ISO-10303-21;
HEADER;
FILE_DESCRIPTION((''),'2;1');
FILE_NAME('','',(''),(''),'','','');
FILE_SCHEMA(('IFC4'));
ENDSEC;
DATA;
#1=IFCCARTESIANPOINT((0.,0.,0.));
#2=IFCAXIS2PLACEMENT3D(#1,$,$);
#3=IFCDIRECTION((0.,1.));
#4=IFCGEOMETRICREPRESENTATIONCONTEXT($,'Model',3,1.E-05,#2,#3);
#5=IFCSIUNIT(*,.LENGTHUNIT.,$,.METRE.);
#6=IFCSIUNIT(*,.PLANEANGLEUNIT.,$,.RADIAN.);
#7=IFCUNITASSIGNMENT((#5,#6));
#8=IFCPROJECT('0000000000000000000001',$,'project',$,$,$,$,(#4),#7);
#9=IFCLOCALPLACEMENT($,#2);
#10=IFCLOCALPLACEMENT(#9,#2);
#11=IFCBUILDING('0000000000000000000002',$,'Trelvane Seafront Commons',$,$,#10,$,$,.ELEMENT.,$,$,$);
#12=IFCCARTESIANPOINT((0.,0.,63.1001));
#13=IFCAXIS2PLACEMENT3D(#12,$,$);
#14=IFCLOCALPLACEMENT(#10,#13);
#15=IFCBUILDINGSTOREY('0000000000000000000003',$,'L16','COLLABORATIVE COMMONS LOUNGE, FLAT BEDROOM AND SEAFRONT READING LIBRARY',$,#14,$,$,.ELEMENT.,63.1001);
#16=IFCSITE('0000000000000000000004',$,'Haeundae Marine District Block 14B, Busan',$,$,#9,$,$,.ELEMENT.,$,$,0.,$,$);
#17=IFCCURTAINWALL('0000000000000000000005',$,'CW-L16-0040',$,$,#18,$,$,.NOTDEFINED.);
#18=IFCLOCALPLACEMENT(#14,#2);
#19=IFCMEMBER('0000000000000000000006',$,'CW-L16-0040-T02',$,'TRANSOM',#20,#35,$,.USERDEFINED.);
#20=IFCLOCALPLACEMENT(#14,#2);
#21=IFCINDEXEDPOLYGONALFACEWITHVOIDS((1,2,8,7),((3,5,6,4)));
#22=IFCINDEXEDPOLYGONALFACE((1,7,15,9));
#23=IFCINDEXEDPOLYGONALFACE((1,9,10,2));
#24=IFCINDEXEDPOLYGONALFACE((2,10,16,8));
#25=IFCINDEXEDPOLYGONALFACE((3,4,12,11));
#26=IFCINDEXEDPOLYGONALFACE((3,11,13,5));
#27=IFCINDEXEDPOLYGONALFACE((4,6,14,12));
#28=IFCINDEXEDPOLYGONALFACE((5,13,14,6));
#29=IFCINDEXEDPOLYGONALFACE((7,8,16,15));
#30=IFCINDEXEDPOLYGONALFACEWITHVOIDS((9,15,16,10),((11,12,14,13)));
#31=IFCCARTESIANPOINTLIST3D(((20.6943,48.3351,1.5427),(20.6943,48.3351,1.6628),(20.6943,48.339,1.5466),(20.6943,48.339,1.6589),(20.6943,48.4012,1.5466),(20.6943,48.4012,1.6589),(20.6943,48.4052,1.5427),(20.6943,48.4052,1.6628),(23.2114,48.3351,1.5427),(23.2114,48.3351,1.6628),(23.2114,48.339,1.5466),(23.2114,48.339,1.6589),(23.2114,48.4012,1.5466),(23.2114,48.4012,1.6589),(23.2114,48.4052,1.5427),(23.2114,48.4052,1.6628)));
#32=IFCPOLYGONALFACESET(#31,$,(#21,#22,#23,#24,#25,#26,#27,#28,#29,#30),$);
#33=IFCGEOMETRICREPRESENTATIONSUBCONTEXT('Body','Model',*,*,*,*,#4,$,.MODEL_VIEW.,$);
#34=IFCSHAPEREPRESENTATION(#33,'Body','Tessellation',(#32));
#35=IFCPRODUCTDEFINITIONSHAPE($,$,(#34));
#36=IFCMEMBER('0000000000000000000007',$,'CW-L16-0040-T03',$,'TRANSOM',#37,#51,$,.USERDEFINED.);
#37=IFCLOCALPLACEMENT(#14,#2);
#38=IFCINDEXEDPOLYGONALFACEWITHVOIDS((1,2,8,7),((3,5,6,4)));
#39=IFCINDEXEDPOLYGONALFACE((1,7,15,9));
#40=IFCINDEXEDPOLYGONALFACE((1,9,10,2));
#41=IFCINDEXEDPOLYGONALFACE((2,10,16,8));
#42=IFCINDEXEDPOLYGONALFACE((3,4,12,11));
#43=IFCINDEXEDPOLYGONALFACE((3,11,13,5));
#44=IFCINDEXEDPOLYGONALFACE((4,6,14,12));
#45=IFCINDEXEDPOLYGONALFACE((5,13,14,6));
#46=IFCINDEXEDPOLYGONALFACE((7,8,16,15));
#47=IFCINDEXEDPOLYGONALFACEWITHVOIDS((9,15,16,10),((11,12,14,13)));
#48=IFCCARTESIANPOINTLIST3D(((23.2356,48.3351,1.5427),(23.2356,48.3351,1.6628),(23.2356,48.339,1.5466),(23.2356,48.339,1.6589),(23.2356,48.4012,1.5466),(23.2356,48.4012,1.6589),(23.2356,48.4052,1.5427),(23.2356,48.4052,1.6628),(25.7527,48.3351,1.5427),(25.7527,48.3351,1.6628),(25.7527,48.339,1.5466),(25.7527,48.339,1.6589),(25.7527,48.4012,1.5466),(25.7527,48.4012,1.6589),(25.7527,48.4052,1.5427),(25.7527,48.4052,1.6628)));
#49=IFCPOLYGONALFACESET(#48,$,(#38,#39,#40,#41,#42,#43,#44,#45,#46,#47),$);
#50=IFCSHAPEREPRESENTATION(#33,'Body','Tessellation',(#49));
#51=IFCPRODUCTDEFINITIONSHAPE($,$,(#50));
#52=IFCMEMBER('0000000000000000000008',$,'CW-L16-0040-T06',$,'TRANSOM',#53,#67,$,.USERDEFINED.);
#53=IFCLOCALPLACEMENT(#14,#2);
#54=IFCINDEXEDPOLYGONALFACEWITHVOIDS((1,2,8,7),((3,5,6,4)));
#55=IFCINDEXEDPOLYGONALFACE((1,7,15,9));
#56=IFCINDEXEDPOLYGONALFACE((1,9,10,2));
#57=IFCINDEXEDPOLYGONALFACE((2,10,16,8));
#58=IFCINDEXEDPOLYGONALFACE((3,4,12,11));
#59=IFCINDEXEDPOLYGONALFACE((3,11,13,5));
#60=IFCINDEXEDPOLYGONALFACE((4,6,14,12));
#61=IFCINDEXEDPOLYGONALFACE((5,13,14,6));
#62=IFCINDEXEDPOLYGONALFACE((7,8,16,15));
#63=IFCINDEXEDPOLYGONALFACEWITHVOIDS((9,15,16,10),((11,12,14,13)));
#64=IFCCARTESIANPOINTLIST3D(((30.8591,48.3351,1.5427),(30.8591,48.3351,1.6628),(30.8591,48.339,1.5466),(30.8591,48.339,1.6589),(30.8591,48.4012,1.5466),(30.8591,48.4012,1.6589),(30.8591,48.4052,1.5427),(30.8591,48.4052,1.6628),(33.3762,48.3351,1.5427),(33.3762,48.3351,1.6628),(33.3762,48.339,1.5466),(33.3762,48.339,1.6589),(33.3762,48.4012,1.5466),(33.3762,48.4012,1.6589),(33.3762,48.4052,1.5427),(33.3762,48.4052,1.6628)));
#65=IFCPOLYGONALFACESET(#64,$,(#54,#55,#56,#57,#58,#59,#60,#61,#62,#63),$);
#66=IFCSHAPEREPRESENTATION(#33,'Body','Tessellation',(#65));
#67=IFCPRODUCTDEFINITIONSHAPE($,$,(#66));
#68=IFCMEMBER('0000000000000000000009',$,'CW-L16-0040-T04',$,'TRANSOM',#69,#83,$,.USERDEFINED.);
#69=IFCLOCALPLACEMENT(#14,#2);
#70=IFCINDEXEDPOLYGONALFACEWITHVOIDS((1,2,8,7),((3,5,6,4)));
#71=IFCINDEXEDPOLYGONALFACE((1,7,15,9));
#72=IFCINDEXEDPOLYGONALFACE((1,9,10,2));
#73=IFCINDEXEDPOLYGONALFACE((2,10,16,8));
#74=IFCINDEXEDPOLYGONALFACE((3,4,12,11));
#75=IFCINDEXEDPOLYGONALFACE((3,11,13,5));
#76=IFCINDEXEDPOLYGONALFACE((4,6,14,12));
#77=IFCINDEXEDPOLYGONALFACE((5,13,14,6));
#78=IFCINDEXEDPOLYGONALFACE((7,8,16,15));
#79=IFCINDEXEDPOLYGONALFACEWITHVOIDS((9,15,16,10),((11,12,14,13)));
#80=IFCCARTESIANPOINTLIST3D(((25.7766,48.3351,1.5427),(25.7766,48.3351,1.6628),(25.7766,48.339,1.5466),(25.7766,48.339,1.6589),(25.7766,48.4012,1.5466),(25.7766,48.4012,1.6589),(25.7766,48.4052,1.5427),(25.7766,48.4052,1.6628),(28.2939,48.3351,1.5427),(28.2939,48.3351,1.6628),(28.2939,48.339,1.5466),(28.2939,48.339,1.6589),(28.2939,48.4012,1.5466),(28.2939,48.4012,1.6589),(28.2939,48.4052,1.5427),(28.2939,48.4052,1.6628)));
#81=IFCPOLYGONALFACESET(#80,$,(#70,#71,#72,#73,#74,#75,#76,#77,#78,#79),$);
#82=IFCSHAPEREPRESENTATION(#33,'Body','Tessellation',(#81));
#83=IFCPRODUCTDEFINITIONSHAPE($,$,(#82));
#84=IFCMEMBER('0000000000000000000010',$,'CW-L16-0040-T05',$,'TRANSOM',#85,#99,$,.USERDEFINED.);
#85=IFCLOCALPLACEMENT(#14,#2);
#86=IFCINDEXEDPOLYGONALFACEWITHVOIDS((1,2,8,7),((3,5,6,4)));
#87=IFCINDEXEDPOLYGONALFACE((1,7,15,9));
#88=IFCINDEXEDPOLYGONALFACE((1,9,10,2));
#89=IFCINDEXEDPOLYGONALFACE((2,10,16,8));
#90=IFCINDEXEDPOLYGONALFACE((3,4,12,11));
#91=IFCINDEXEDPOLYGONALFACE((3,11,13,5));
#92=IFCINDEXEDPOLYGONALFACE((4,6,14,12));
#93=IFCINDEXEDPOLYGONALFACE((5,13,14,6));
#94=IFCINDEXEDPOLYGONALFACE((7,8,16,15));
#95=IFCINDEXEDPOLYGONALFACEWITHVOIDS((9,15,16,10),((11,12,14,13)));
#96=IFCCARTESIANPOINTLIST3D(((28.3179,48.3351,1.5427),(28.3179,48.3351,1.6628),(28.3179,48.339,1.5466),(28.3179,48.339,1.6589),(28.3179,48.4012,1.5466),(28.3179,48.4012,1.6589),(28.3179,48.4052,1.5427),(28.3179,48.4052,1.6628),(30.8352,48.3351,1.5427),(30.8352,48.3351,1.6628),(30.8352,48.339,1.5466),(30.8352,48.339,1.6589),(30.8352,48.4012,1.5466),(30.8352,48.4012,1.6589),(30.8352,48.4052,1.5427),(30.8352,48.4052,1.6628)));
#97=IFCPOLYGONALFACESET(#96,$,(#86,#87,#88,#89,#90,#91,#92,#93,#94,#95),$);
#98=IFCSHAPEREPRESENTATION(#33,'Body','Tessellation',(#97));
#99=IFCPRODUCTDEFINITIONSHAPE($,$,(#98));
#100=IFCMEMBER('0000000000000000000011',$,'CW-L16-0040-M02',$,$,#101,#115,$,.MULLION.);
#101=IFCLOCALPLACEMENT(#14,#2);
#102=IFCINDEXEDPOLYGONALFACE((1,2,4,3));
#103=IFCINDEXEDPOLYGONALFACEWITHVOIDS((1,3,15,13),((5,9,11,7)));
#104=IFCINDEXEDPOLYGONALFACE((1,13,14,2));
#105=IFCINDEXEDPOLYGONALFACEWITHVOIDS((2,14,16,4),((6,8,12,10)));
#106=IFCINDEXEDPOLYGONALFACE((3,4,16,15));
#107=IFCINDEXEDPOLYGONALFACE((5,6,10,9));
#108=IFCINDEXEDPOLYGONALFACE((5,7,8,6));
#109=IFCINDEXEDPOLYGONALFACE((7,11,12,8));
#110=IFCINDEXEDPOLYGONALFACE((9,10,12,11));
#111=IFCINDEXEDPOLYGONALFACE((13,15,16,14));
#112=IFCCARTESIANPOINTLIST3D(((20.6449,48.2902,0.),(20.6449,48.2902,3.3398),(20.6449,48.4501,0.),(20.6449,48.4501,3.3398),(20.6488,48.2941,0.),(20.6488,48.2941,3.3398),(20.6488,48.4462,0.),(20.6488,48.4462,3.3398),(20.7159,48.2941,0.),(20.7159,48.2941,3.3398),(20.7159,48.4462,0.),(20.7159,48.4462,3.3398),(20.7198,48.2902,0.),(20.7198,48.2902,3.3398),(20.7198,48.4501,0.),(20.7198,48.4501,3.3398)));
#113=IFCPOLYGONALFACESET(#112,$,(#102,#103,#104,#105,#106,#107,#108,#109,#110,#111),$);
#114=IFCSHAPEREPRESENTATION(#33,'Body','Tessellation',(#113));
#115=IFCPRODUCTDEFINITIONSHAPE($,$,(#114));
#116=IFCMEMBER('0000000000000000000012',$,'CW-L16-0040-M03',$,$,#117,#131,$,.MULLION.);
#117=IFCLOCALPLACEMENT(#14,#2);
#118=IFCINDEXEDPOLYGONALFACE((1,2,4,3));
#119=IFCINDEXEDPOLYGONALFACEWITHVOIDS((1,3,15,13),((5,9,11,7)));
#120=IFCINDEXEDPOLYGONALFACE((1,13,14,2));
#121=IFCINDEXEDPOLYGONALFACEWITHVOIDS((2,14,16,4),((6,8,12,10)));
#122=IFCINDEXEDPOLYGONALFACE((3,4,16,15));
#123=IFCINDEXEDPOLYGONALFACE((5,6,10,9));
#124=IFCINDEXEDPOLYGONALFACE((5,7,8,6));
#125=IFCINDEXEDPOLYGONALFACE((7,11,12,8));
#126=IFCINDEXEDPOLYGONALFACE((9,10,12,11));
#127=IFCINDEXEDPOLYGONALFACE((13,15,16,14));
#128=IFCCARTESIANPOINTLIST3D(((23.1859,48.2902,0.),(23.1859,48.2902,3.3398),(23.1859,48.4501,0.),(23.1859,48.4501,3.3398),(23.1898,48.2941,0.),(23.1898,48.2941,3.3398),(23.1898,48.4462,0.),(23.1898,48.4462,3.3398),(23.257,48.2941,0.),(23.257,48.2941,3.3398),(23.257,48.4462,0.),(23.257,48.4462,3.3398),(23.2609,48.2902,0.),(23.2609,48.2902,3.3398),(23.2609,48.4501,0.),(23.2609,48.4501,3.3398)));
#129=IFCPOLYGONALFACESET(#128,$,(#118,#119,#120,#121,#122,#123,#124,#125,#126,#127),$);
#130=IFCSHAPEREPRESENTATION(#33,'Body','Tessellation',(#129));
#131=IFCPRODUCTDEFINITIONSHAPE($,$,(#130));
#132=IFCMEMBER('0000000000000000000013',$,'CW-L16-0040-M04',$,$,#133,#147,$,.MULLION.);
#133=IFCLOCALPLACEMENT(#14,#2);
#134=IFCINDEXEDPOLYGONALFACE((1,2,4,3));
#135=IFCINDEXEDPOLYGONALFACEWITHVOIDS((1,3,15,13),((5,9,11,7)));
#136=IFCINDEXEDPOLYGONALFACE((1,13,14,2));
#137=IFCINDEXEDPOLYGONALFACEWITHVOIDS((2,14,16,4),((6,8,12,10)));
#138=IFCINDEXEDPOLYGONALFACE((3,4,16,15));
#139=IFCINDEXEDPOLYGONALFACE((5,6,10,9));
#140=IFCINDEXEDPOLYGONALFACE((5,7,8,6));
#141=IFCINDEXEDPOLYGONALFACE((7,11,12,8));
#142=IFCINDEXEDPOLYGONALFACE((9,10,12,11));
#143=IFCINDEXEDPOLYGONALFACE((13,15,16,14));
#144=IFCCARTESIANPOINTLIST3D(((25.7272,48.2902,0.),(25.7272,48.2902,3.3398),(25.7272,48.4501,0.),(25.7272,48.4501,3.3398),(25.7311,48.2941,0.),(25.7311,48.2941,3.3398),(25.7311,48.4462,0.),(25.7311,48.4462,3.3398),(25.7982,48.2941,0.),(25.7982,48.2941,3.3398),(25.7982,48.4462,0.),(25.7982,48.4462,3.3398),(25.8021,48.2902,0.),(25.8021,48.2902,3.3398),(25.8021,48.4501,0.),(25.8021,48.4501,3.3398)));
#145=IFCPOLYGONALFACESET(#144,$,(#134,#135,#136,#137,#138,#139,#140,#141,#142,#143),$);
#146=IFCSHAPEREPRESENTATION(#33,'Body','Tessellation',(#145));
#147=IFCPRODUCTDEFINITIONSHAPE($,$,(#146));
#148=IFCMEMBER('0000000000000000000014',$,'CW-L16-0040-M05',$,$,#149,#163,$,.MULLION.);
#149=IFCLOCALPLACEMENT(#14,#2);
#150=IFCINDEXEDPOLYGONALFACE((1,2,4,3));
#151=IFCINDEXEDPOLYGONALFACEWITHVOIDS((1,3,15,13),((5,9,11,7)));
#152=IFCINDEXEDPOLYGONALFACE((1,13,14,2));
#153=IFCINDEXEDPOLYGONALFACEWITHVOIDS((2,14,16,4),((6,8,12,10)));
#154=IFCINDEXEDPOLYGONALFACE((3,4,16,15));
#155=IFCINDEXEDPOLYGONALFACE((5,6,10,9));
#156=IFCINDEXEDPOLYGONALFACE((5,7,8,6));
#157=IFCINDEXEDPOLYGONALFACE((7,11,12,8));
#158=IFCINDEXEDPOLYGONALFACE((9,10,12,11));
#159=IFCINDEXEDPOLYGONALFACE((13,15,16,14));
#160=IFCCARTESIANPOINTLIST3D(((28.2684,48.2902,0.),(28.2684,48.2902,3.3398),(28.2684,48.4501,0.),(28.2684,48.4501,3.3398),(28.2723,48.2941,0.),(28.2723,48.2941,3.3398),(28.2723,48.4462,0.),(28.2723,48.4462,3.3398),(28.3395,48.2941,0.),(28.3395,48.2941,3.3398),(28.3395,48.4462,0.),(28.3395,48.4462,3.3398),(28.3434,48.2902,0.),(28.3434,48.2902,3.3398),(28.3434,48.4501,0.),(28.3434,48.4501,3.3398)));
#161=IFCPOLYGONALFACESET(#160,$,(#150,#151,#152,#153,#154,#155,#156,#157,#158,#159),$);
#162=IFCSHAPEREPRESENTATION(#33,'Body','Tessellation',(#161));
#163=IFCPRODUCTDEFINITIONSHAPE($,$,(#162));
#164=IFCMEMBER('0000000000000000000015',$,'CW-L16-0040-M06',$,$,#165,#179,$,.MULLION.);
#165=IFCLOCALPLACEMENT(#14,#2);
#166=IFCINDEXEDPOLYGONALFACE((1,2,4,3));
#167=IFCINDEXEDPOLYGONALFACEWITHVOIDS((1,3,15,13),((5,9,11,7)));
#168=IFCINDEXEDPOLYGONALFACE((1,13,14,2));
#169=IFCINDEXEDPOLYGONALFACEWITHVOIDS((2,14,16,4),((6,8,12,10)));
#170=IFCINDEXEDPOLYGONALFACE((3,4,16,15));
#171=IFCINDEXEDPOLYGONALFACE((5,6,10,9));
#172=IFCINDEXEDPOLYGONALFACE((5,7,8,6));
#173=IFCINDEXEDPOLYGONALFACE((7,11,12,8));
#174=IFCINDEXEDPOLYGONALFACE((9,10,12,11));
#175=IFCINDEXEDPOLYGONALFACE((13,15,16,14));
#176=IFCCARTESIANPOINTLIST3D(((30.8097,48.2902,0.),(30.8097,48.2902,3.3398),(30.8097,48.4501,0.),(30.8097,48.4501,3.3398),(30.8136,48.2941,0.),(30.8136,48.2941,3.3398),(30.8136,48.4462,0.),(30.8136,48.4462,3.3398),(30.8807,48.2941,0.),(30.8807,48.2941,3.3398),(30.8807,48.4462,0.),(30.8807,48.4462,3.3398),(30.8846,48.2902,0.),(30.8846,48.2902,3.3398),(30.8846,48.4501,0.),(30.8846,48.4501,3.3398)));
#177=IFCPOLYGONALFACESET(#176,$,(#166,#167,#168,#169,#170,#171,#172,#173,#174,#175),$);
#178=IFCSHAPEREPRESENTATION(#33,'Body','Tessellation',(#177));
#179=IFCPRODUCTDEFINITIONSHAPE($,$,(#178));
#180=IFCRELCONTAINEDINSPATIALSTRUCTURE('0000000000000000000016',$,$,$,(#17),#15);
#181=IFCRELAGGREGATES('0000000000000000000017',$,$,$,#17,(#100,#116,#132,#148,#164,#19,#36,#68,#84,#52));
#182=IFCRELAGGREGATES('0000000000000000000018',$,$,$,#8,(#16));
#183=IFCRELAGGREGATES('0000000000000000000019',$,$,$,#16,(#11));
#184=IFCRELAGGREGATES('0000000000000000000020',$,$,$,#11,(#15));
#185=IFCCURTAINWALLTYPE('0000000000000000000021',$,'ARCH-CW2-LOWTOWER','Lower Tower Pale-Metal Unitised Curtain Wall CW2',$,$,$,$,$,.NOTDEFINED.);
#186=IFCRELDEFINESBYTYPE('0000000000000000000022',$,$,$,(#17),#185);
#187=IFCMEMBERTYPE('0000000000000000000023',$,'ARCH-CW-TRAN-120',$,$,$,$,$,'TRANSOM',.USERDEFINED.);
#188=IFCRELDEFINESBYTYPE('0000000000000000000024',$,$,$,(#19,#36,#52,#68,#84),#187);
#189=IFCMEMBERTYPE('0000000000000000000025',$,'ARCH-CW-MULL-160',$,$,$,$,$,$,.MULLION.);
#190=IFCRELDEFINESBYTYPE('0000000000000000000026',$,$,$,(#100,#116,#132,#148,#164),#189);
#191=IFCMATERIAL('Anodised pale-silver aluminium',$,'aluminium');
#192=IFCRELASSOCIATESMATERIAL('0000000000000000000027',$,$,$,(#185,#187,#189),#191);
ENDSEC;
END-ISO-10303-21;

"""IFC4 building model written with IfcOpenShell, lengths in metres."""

from ifc_helpers import new_model, si_unit, direction, frame, origin, origin_2d, place, context, subcontext, project, spatial, hollow_rectangle, extrude, source, transform, mapped, material, material_profile, profile_set, type_object, element, aggregate, save


model = new_model("IFC4")

# Units and contexts
model_context = context("Model", 3, precision=1e-05, world=origin(), true_north=direction((0.0, 1.0)))
body_context = subcontext(model_context, "Body", "Model", "MODEL_VIEW")
ifc_project = project(units=[si_unit("LENGTHUNIT", "METRE"), si_unit("PLANEANGLEUNIT", "RADIAN")], contexts=[model_context])

# Site, building, storey
site_placement = place(None, origin())
site = spatial("IfcSite", under=ifc_project, at=site_placement, Name="Haeundae Marine District Block 14B, Busan", CompositionType="ELEMENT", RefElevation=0.0)
building_placement = place(site_placement, origin())
building = spatial("IfcBuilding", under=site, at=building_placement, Name="Trelvane Seafront Commons", CompositionType="ELEMENT")
storey_placement = place(building_placement, frame((0.0, 0.0, 63.1001)))
storey = spatial("IfcBuildingStorey", under=building, at=storey_placement, Name="L16", Description="COLLABORATIVE COMMONS LOUNGE, FLAT BEDROOM AND SEAFRONT READING LIBRARY", CompositionType="ELEMENT", Elevation=63.1001)

# Curtain wall, members
ifc_material_1 = material(Name="Anodised pale-silver aluminium", Category="aluminium")
curtain_wall_type = type_object("IfcCurtainWallType", Name="ARCH-CW2-LOWTOWER", Description="Lower Tower Pale-Metal Unitised Curtain Wall CW2", PredefinedType="NOTDEFINED", material=ifc_material_1)
curtain_wall_placement = place(storey_placement, origin())
curtain_wall = element("IfcCurtainWall", 1, at=curtain_wall_placement, inside=storey, type_object=curtain_wall_type, Name="CW-L16-0040", PredefinedType="NOTDEFINED")
ifc_material_profile_1 = material_profile(ifc_material_1, hollow_rectangle(XDim=0.0701, YDim=0.1201, WallThickness=0.0039, at=origin_2d()), Name="TRAN-70x120x4")
ifc_profile_set_1 = profile_set([ifc_material_profile_1], Name="Anodised pale-silver aluminium")
member_type_1 = type_object("IfcMemberType", Name="ARCH-CW-TRAN-120", ElementType="TRANSOM", PredefinedType="USERDEFINED", material=ifc_profile_set_1)
shared_shape_1 = source(origin(), body_context, "Body", "SweptSolid", [
    extrude(hollow_rectangle(XDim=0.0701, YDim=0.1201, WallThickness=0.0039, at=origin_2d()), origin(), (0.0, 0.0, 1.0), 2.5171),
])
member_1_placement = place(storey_placement, frame((20.6943, 48.3701, 1.6028), z_axis=(1.0, 0.0, 0.0), x_axis=(0.0, 1.0, 0.0)))
member_1 = element("IfcMember", 2, at=member_1_placement, type_object=member_type_1, Name="CW-L16-0040-T02", ObjectType="TRANSOM", PredefinedType="USERDEFINED", context=body_context, shape_type="MappedRepresentation", body=[
    mapped(shared_shape_1, transform((0.0, 0.0, 0.0), x_axis=(1.0, 0.0, 0.0), y_axis=(0.0, 1.0, 0.0), z_axis=(0.0, 0.0, 1.0), scale=1.0)),
])
member_2_placement = place(storey_placement, frame((23.2356, 48.3701, 1.6028), z_axis=(1.0, 0.0, 0.0), x_axis=(0.0, 1.0, 0.0)))
member_2 = element("IfcMember", 3, at=member_2_placement, type_object=member_type_1, Name="CW-L16-0040-T03", ObjectType="TRANSOM", PredefinedType="USERDEFINED", context=body_context, shape_type="MappedRepresentation", body=[
    mapped(shared_shape_1, transform((0.0, 0.0, 0.0), x_axis=(1.0, 0.0, 0.0), y_axis=(0.0, 1.0, 0.0), z_axis=(0.0, 0.0, 1.0), scale=1.0)),
])
member_3_placement = place(storey_placement, frame((30.8591, 48.3701, 1.6028), z_axis=(1.0, 0.0, 0.0), x_axis=(0.0, 1.0, 0.0)))
member_3 = element("IfcMember", 4, at=member_3_placement, type_object=member_type_1, Name="CW-L16-0040-T06", ObjectType="TRANSOM", PredefinedType="USERDEFINED", context=body_context, shape_type="MappedRepresentation", body=[
    mapped(shared_shape_1, transform((0.0, 0.0, 0.0), x_axis=(1.0, 0.0, 0.0), y_axis=(0.0, 1.0, 0.0), z_axis=(0.0, 0.0, 1.0), scale=1.0)),
])
shared_shape_2 = source(origin(), body_context, "Body", "SweptSolid", [
    extrude(hollow_rectangle(XDim=0.0701, YDim=0.1201, WallThickness=0.0039, at=origin_2d()), origin(), (0.0, 0.0, 1.0), 2.5173),
])
member_4_placement = place(storey_placement, frame((25.7766, 48.3701, 1.6028), z_axis=(1.0, 0.0, 0.0), x_axis=(0.0, 1.0, 0.0)))
member_4 = element("IfcMember", 5, at=member_4_placement, type_object=member_type_1, Name="CW-L16-0040-T04", ObjectType="TRANSOM", PredefinedType="USERDEFINED", context=body_context, shape_type="MappedRepresentation", body=[
    mapped(shared_shape_2, transform((0.0, 0.0, 0.0), x_axis=(1.0, 0.0, 0.0), y_axis=(0.0, 1.0, 0.0), z_axis=(0.0, 0.0, 1.0), scale=1.0)),
])
member_5_placement = place(storey_placement, frame((28.3179, 48.3701, 1.6028), z_axis=(1.0, 0.0, 0.0), x_axis=(0.0, 1.0, 0.0)))
member_5 = element("IfcMember", 6, at=member_5_placement, type_object=member_type_1, Name="CW-L16-0040-T05", ObjectType="TRANSOM", PredefinedType="USERDEFINED", context=body_context, shape_type="MappedRepresentation", body=[
    mapped(shared_shape_2, transform((0.0, 0.0, 0.0), x_axis=(1.0, 0.0, 0.0), y_axis=(0.0, 1.0, 0.0), z_axis=(0.0, 0.0, 1.0), scale=1.0)),
])
ifc_material_profile_2 = material_profile(ifc_material_1, hollow_rectangle(XDim=0.075, YDim=0.1599, WallThickness=0.0039, at=origin_2d()), Name="MULL-75x160x4")
ifc_profile_set_2 = profile_set([ifc_material_profile_2], Name="Anodised pale-silver aluminium")
member_type_2 = type_object("IfcMemberType", Name="ARCH-CW-MULL-160", PredefinedType="MULLION", material=ifc_profile_set_2)
shared_shape_3 = source(origin(), body_context, "Body", "SweptSolid", [
    extrude(hollow_rectangle(XDim=0.075, YDim=0.1599, WallThickness=0.0039, at=origin_2d()), origin(), (0.0, 0.0, 1.0), 3.3398),
])
member_6_placement = place(storey_placement, frame((20.6824, 48.3701, 0.0), z_axis=(0.0, 0.0, 1.0), x_axis=(1.0, 0.0, 0.0)))
member_6 = element("IfcMember", 7, at=member_6_placement, type_object=member_type_2, Name="CW-L16-0040-M02", PredefinedType="MULLION", context=body_context, shape_type="MappedRepresentation", body=[
    mapped(shared_shape_3, transform((0.0, 0.0, 0.0), x_axis=(1.0, 0.0, 0.0), y_axis=(0.0, 1.0, 0.0), z_axis=(0.0, 0.0, 1.0), scale=1.0)),
])
member_7_placement = place(storey_placement, frame((23.2234, 48.3701, 0.0), z_axis=(0.0, 0.0, 1.0), x_axis=(1.0, 0.0, 0.0)))
member_7 = element("IfcMember", 8, at=member_7_placement, type_object=member_type_2, Name="CW-L16-0040-M03", PredefinedType="MULLION", context=body_context, shape_type="MappedRepresentation", body=[
    mapped(shared_shape_3, transform((0.0, 0.0, 0.0), x_axis=(1.0, 0.0, 0.0), y_axis=(0.0, 1.0, 0.0), z_axis=(0.0, 0.0, 1.0), scale=1.0)),
])
member_8_placement = place(storey_placement, frame((25.7646, 48.3701, 0.0), z_axis=(0.0, 0.0, 1.0), x_axis=(1.0, 0.0, 0.0)))
member_8 = element("IfcMember", 9, at=member_8_placement, type_object=member_type_2, Name="CW-L16-0040-M04", PredefinedType="MULLION", context=body_context, shape_type="MappedRepresentation", body=[
    mapped(shared_shape_3, transform((0.0, 0.0, 0.0), x_axis=(1.0, 0.0, 0.0), y_axis=(0.0, 1.0, 0.0), z_axis=(0.0, 0.0, 1.0), scale=1.0)),
])
member_9_placement = place(storey_placement, frame((28.3059, 48.3701, 0.0), z_axis=(0.0, 0.0, 1.0), x_axis=(1.0, 0.0, 0.0)))
member_9 = element("IfcMember", 10, at=member_9_placement, type_object=member_type_2, Name="CW-L16-0040-M05", PredefinedType="MULLION", context=body_context, shape_type="MappedRepresentation", body=[
    mapped(shared_shape_3, transform((0.0, 0.0, 0.0), x_axis=(1.0, 0.0, 0.0), y_axis=(0.0, 1.0, 0.0), z_axis=(0.0, 0.0, 1.0), scale=1.0)),
])
member_10_placement = place(storey_placement, frame((30.8472, 48.3701, 0.0), z_axis=(0.0, 0.0, 1.0), x_axis=(1.0, 0.0, 0.0)))
member_10 = element("IfcMember", 11, at=member_10_placement, type_object=member_type_2, Name="CW-L16-0040-M06", PredefinedType="MULLION", context=body_context, shape_type="MappedRepresentation", body=[
    mapped(shared_shape_3, transform((0.0, 0.0, 0.0), x_axis=(1.0, 0.0, 0.0), y_axis=(0.0, 1.0, 0.0), z_axis=(0.0, 0.0, 1.0), scale=1.0)),
])
aggregate(curtain_wall, [member_6, member_7, member_8, member_9, member_10, member_1, member_2, member_4, member_5, member_3])

save(model, "model.ifc")
